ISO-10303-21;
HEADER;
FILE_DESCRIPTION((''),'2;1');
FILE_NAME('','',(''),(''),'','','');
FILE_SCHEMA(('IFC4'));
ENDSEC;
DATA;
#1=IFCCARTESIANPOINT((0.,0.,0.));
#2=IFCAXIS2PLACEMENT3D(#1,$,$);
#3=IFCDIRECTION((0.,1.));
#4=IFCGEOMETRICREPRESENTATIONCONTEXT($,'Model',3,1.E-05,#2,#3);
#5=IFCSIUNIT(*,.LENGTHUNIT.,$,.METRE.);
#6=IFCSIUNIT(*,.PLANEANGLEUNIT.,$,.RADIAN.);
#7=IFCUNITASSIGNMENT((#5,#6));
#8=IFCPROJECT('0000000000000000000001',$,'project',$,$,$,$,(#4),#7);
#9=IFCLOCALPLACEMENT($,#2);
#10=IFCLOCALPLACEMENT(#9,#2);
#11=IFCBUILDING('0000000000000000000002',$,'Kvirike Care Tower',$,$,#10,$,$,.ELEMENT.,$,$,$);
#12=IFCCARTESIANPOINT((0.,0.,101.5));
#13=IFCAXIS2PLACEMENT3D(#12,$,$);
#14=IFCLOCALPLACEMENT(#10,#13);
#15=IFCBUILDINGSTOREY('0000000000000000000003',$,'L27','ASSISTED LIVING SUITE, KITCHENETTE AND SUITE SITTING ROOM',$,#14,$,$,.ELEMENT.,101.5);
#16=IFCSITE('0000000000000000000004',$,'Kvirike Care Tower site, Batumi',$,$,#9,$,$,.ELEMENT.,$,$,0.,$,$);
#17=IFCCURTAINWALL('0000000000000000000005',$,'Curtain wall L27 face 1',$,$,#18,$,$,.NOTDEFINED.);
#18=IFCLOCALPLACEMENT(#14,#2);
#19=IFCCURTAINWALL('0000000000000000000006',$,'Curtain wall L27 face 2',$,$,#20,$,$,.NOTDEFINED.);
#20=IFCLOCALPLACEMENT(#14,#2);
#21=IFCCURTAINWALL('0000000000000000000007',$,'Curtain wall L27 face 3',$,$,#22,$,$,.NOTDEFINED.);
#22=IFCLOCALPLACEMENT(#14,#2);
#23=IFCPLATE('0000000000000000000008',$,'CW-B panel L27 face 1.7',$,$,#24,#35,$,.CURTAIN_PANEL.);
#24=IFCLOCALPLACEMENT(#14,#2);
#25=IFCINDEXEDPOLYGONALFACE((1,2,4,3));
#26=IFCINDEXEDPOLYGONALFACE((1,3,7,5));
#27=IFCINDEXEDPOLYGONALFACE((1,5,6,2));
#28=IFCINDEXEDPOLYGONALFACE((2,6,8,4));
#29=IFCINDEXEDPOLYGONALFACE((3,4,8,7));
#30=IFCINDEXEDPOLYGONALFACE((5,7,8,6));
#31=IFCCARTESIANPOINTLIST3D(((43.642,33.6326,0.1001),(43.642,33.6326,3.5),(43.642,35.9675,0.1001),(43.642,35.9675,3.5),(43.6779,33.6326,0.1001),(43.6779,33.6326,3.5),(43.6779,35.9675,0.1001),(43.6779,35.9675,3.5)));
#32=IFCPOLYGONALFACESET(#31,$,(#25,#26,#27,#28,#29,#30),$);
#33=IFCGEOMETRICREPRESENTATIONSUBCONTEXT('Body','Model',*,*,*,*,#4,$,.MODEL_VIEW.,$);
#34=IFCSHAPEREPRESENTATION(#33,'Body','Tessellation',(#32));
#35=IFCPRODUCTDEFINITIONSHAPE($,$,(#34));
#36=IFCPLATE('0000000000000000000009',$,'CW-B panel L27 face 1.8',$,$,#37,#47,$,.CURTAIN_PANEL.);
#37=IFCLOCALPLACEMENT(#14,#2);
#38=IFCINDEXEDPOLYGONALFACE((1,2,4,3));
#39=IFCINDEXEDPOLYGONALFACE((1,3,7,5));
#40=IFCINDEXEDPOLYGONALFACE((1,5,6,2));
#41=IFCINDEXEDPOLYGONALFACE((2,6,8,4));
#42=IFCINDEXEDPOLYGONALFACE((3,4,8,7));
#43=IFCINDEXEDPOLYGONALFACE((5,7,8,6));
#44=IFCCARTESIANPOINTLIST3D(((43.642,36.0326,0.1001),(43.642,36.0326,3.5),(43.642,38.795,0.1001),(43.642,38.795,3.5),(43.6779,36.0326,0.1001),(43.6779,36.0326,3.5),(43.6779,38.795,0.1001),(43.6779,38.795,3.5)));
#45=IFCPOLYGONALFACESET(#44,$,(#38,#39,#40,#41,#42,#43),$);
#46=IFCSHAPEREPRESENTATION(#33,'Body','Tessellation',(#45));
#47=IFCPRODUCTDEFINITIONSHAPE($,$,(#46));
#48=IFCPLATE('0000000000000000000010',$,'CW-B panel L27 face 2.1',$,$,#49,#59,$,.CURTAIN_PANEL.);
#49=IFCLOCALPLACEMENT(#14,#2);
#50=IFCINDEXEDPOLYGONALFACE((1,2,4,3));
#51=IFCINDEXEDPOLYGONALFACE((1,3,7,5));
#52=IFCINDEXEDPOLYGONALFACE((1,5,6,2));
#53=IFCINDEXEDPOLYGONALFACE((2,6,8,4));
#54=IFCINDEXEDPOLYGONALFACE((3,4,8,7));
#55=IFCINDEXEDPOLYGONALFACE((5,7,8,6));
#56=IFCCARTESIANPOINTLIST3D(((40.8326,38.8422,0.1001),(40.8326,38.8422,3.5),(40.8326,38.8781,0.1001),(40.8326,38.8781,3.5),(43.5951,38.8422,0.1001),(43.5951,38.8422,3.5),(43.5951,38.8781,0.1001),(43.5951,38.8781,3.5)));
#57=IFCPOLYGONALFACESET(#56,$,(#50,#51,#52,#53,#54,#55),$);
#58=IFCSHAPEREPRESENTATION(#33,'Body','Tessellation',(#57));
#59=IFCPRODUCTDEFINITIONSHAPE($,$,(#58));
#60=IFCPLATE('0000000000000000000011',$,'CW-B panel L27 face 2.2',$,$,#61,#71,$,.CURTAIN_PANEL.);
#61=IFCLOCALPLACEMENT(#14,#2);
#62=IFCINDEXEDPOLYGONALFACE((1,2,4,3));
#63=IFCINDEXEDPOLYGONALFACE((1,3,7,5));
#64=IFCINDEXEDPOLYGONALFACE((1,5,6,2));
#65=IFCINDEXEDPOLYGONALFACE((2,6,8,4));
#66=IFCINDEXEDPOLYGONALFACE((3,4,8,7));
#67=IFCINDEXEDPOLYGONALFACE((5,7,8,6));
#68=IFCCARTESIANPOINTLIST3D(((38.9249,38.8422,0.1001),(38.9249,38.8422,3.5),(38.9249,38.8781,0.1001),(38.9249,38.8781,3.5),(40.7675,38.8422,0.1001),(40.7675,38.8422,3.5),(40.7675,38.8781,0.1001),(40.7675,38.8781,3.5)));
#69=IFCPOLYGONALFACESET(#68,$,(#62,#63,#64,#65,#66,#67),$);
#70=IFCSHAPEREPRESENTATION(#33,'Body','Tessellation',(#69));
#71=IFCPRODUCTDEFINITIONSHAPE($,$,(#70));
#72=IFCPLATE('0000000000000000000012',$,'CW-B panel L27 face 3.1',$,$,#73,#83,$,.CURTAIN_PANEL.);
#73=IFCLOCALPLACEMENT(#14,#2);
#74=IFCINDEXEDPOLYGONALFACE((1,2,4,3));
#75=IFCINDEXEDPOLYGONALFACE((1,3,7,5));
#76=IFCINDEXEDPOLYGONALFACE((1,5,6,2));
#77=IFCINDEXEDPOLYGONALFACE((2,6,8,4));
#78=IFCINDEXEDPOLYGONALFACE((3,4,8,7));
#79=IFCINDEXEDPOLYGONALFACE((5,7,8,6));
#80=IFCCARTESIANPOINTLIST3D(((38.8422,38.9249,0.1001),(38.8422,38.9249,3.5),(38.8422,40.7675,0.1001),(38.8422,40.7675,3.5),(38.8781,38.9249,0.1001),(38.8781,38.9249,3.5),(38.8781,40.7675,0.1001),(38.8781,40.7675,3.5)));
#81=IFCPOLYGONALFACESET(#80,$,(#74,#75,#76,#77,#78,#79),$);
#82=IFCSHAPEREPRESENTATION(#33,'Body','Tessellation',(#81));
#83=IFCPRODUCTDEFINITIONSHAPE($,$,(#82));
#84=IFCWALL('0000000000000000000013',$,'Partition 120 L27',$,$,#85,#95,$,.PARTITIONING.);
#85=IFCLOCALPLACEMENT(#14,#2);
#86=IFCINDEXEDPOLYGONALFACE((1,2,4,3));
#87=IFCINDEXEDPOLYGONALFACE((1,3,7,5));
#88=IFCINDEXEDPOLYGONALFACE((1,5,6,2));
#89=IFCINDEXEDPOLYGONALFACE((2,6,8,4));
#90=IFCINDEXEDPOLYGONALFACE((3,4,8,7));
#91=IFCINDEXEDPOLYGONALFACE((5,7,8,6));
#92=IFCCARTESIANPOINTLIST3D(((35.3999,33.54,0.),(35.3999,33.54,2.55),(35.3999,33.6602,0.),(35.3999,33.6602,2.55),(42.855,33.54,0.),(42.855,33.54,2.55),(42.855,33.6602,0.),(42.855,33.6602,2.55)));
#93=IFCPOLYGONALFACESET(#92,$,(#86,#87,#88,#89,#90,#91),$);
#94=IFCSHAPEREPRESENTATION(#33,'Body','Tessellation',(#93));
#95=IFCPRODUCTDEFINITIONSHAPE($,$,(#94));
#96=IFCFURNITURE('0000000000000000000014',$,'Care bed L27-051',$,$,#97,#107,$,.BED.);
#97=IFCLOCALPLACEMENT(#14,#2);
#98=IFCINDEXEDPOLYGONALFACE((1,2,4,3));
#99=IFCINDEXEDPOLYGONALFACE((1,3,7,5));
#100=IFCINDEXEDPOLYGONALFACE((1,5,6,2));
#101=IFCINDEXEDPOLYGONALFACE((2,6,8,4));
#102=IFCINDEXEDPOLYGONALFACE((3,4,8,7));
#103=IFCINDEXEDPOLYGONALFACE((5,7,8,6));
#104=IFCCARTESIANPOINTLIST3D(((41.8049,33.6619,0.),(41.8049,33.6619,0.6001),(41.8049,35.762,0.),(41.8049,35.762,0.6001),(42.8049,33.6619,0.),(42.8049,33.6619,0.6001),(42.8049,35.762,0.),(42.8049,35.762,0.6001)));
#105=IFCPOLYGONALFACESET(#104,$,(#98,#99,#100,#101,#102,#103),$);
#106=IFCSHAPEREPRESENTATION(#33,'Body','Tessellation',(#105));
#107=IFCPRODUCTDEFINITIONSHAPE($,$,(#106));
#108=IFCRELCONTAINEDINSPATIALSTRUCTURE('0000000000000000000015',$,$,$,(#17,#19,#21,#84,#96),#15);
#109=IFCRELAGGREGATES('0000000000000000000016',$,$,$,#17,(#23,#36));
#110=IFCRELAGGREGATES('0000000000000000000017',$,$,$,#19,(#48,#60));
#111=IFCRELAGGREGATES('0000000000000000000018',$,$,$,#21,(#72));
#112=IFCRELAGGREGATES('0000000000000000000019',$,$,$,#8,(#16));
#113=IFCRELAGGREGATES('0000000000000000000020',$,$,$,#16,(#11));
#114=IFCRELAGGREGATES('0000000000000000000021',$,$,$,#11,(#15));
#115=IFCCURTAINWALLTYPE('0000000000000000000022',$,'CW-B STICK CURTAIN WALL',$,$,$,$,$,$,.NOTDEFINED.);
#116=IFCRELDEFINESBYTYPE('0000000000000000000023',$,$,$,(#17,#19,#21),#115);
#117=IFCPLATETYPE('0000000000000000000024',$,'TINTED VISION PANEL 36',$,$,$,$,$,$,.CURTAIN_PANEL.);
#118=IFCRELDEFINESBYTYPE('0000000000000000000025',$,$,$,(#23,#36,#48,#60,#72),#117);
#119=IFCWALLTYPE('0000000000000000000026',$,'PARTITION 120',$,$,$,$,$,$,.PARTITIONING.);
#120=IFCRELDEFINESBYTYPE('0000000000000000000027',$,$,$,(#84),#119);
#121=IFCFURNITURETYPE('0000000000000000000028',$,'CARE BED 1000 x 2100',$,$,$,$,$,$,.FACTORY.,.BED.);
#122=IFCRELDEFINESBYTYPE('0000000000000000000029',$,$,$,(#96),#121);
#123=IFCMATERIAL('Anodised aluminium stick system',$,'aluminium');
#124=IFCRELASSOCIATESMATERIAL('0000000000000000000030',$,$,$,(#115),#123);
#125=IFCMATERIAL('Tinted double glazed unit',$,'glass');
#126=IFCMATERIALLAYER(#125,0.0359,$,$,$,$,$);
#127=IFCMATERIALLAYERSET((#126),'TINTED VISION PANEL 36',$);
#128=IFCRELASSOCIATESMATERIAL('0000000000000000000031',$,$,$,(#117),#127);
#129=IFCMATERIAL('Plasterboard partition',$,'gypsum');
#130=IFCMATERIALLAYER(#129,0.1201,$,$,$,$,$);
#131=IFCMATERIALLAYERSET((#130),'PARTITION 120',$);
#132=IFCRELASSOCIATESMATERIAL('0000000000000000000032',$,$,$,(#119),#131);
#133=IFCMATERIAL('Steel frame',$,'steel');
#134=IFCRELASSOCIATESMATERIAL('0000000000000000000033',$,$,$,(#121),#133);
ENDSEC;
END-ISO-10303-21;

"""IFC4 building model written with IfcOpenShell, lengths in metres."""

from ifc_helpers import new_model, si_unit, direction, frame, frame_2d, origin, origin_2d, place, context, subcontext, project, spatial, rectangle, extrude, material, layer, layer_set, type_object, element, aggregate, save


model = new_model("IFC4")

# Units and contexts
model_context = context("Model", 3, precision=1e-05, world=origin(), true_north=direction((0.0, 1.0)))
body_context = subcontext(model_context, "Body", "Model", "MODEL_VIEW")
ifc_project = project(units=[si_unit("LENGTHUNIT", "METRE"), si_unit("PLANEANGLEUNIT", "RADIAN")], contexts=[model_context])

# Site, building, storey
site_placement = place(None, origin())
site = spatial("IfcSite", under=ifc_project, at=site_placement, Name="Kvirike Care Tower site, Batumi", CompositionType="ELEMENT", RefElevation=0.0)
building_placement = place(site_placement, origin())
building = spatial("IfcBuilding", under=site, at=building_placement, Name="Kvirike Care Tower", CompositionType="ELEMENT")
storey_placement = place(building_placement, frame((0.0, 0.0, 101.5)))
storey = spatial("IfcBuildingStorey", under=building, at=storey_placement, Name="L27", Description="ASSISTED LIVING SUITE, KITCHENETTE AND SUITE SITTING ROOM", CompositionType="ELEMENT", Elevation=101.5)

# Curtain walls
ifc_material_1 = material(Name="Anodised aluminium stick system", Category="aluminium")
curtain_wall_type = type_object("IfcCurtainWallType", Name="CW-B STICK CURTAIN WALL", PredefinedType="NOTDEFINED", material=ifc_material_1)
curtain_wall_1_placement = place(storey_placement, origin())
curtain_wall_1 = element("IfcCurtainWall", 1, at=curtain_wall_1_placement, inside=storey, type_object=curtain_wall_type, Name="Curtain wall L27 face 1", PredefinedType="NOTDEFINED")
curtain_wall_2_placement = place(storey_placement, origin())
curtain_wall_2 = element("IfcCurtainWall", 2, at=curtain_wall_2_placement, inside=storey, type_object=curtain_wall_type, Name="Curtain wall L27 face 2", PredefinedType="NOTDEFINED")

# Curtain wall
curtain_wall_3_placement = place(storey_placement, origin())
curtain_wall_3 = element("IfcCurtainWall", 3, at=curtain_wall_3_placement, inside=storey, type_object=curtain_wall_type, Name="Curtain wall L27 face 3", PredefinedType="NOTDEFINED")

# Plates
ifc_material_2 = material(Name="Tinted double glazed unit", Category="glass")
ifc_layer_1 = layer(ifc_material_2, 0.0359)
ifc_layer_set_1 = layer_set([ifc_layer_1], Name="TINTED VISION PANEL 36")
plate_type = type_object("IfcPlateType", Name="TINTED VISION PANEL 36", PredefinedType="CURTAIN_PANEL", material=ifc_layer_set_1)
plate_1_placement = place(storey_placement, frame((43.6599, 34.8, 0.1001), z_axis=(0.0, 0.0, 1.0), x_axis=(0.0, 1.0, 0.0)))
plate_1 = element("IfcPlate", 4, at=plate_1_placement, type_object=plate_type, Name="CW-B panel L27 face 1.7", PredefinedType="CURTAIN_PANEL", context=body_context, shape_type="SweptSolid", body=[
    extrude(rectangle(XDim=2.335, YDim=0.0359, at=origin_2d()), origin(), (0.0, 0.0, 1.0), 3.3999),
])
plate_2_placement = place(storey_placement, frame((43.6599, 37.4138, 0.1001), z_axis=(0.0, 0.0, 1.0), x_axis=(0.0, 1.0, 0.0)))
plate_2 = element("IfcPlate", 5, at=plate_2_placement, type_object=plate_type, Name="CW-B panel L27 face 1.8", PredefinedType="CURTAIN_PANEL", context=body_context, shape_type="SweptSolid", body=[
    extrude(rectangle(XDim=2.7625, YDim=0.0359, at=origin_2d()), origin(), (0.0, 0.0, 1.0), 3.3999),
])
aggregate(curtain_wall_1, [plate_1, plate_2])
plate_3_placement = place(storey_placement, frame((42.2139, 38.8601, 0.1001), z_axis=(0.0, 0.0, 1.0), x_axis=(-1.0, 0.0, 0.0)))
plate_3 = element("IfcPlate", 6, at=plate_3_placement, type_object=plate_type, Name="CW-B panel L27 face 2.1", PredefinedType="CURTAIN_PANEL", context=body_context, shape_type="SweptSolid", body=[
    extrude(rectangle(XDim=2.7625, YDim=0.0359, at=origin_2d()), origin(), (0.0, 0.0, 1.0), 3.3999),
])
plate_4_placement = place(storey_placement, frame((39.8462, 38.8601, 0.1001), z_axis=(0.0, 0.0, 1.0), x_axis=(-1.0, 0.0, 0.0)))
plate_4 = element("IfcPlate", 7, at=plate_4_placement, type_object=plate_type, Name="CW-B panel L27 face 2.2", PredefinedType="CURTAIN_PANEL", context=body_context, shape_type="SweptSolid", body=[
    extrude(rectangle(XDim=1.8425, YDim=0.0359, at=origin_2d()), origin(), (0.0, 0.0, 1.0), 3.3999),
])
aggregate(curtain_wall_2, [plate_3, plate_4])
plate_5_placement = place(storey_placement, frame((38.8601, 39.8462, 0.1001), z_axis=(0.0, 0.0, 1.0), x_axis=(0.0, 1.0, 0.0)))
plate_5 = element("IfcPlate", 8, at=plate_5_placement, type_object=plate_type, Name="CW-B panel L27 face 3.1", PredefinedType="CURTAIN_PANEL", context=body_context, shape_type="SweptSolid", body=[
    extrude(rectangle(XDim=1.8425, YDim=0.0359, at=origin_2d()), origin(), (0.0, 0.0, 1.0), 3.3999),
])
aggregate(curtain_wall_3, [plate_5])

# Wall
ifc_material_3 = material(Name="Plasterboard partition", Category="gypsum")
ifc_layer_2 = layer(ifc_material_3, 0.1201)
ifc_layer_set_2 = layer_set([ifc_layer_2], Name="PARTITION 120")
wall_type = type_object("IfcWallType", Name="PARTITION 120", PredefinedType="PARTITIONING", material=ifc_layer_set_2)
wall_placement = place(storey_placement, frame((42.855, 33.6001, 0.0), z_axis=(0.0, 0.0, 1.0), x_axis=(-1.0, 0.0, 0.0)))
element("IfcWall", 9, at=wall_placement, inside=storey, type_object=wall_type, Name="Partition 120 L27", PredefinedType="PARTITIONING", context=body_context, shape_type="SweptSolid", body=[
    extrude(rectangle(XDim=7.4551, YDim=0.1201, at=frame_2d((3.7275, 0.0))), origin(), (0.0, 0.0, 1.0), 2.55),
])

# Furniture
ifc_material_4 = material(Name="Steel frame", Category="steel")
furniture_type = type_object("IfcFurnitureType", Name="CARE BED 1000 x 2100", AssemblyPlace="FACTORY", PredefinedType="BED", material=ifc_material_4)
furniture_placement = place(storey_placement, frame((42.3049, 34.7119, 0.0), z_axis=(0.0, 0.0, 1.0), x_axis=(-1.0, 0.0, 0.0)))
element("IfcFurniture", 10, at=furniture_placement, inside=storey, type_object=furniture_type, Name="Care bed L27-051", PredefinedType="BED", context=body_context, shape_type="SweptSolid", body=[
    extrude(rectangle(XDim=1.0, YDim=2.1001, at=origin_2d()), origin(), (0.0, 0.0, 1.0), 0.6001),
])

save(model, "model.ifc")
